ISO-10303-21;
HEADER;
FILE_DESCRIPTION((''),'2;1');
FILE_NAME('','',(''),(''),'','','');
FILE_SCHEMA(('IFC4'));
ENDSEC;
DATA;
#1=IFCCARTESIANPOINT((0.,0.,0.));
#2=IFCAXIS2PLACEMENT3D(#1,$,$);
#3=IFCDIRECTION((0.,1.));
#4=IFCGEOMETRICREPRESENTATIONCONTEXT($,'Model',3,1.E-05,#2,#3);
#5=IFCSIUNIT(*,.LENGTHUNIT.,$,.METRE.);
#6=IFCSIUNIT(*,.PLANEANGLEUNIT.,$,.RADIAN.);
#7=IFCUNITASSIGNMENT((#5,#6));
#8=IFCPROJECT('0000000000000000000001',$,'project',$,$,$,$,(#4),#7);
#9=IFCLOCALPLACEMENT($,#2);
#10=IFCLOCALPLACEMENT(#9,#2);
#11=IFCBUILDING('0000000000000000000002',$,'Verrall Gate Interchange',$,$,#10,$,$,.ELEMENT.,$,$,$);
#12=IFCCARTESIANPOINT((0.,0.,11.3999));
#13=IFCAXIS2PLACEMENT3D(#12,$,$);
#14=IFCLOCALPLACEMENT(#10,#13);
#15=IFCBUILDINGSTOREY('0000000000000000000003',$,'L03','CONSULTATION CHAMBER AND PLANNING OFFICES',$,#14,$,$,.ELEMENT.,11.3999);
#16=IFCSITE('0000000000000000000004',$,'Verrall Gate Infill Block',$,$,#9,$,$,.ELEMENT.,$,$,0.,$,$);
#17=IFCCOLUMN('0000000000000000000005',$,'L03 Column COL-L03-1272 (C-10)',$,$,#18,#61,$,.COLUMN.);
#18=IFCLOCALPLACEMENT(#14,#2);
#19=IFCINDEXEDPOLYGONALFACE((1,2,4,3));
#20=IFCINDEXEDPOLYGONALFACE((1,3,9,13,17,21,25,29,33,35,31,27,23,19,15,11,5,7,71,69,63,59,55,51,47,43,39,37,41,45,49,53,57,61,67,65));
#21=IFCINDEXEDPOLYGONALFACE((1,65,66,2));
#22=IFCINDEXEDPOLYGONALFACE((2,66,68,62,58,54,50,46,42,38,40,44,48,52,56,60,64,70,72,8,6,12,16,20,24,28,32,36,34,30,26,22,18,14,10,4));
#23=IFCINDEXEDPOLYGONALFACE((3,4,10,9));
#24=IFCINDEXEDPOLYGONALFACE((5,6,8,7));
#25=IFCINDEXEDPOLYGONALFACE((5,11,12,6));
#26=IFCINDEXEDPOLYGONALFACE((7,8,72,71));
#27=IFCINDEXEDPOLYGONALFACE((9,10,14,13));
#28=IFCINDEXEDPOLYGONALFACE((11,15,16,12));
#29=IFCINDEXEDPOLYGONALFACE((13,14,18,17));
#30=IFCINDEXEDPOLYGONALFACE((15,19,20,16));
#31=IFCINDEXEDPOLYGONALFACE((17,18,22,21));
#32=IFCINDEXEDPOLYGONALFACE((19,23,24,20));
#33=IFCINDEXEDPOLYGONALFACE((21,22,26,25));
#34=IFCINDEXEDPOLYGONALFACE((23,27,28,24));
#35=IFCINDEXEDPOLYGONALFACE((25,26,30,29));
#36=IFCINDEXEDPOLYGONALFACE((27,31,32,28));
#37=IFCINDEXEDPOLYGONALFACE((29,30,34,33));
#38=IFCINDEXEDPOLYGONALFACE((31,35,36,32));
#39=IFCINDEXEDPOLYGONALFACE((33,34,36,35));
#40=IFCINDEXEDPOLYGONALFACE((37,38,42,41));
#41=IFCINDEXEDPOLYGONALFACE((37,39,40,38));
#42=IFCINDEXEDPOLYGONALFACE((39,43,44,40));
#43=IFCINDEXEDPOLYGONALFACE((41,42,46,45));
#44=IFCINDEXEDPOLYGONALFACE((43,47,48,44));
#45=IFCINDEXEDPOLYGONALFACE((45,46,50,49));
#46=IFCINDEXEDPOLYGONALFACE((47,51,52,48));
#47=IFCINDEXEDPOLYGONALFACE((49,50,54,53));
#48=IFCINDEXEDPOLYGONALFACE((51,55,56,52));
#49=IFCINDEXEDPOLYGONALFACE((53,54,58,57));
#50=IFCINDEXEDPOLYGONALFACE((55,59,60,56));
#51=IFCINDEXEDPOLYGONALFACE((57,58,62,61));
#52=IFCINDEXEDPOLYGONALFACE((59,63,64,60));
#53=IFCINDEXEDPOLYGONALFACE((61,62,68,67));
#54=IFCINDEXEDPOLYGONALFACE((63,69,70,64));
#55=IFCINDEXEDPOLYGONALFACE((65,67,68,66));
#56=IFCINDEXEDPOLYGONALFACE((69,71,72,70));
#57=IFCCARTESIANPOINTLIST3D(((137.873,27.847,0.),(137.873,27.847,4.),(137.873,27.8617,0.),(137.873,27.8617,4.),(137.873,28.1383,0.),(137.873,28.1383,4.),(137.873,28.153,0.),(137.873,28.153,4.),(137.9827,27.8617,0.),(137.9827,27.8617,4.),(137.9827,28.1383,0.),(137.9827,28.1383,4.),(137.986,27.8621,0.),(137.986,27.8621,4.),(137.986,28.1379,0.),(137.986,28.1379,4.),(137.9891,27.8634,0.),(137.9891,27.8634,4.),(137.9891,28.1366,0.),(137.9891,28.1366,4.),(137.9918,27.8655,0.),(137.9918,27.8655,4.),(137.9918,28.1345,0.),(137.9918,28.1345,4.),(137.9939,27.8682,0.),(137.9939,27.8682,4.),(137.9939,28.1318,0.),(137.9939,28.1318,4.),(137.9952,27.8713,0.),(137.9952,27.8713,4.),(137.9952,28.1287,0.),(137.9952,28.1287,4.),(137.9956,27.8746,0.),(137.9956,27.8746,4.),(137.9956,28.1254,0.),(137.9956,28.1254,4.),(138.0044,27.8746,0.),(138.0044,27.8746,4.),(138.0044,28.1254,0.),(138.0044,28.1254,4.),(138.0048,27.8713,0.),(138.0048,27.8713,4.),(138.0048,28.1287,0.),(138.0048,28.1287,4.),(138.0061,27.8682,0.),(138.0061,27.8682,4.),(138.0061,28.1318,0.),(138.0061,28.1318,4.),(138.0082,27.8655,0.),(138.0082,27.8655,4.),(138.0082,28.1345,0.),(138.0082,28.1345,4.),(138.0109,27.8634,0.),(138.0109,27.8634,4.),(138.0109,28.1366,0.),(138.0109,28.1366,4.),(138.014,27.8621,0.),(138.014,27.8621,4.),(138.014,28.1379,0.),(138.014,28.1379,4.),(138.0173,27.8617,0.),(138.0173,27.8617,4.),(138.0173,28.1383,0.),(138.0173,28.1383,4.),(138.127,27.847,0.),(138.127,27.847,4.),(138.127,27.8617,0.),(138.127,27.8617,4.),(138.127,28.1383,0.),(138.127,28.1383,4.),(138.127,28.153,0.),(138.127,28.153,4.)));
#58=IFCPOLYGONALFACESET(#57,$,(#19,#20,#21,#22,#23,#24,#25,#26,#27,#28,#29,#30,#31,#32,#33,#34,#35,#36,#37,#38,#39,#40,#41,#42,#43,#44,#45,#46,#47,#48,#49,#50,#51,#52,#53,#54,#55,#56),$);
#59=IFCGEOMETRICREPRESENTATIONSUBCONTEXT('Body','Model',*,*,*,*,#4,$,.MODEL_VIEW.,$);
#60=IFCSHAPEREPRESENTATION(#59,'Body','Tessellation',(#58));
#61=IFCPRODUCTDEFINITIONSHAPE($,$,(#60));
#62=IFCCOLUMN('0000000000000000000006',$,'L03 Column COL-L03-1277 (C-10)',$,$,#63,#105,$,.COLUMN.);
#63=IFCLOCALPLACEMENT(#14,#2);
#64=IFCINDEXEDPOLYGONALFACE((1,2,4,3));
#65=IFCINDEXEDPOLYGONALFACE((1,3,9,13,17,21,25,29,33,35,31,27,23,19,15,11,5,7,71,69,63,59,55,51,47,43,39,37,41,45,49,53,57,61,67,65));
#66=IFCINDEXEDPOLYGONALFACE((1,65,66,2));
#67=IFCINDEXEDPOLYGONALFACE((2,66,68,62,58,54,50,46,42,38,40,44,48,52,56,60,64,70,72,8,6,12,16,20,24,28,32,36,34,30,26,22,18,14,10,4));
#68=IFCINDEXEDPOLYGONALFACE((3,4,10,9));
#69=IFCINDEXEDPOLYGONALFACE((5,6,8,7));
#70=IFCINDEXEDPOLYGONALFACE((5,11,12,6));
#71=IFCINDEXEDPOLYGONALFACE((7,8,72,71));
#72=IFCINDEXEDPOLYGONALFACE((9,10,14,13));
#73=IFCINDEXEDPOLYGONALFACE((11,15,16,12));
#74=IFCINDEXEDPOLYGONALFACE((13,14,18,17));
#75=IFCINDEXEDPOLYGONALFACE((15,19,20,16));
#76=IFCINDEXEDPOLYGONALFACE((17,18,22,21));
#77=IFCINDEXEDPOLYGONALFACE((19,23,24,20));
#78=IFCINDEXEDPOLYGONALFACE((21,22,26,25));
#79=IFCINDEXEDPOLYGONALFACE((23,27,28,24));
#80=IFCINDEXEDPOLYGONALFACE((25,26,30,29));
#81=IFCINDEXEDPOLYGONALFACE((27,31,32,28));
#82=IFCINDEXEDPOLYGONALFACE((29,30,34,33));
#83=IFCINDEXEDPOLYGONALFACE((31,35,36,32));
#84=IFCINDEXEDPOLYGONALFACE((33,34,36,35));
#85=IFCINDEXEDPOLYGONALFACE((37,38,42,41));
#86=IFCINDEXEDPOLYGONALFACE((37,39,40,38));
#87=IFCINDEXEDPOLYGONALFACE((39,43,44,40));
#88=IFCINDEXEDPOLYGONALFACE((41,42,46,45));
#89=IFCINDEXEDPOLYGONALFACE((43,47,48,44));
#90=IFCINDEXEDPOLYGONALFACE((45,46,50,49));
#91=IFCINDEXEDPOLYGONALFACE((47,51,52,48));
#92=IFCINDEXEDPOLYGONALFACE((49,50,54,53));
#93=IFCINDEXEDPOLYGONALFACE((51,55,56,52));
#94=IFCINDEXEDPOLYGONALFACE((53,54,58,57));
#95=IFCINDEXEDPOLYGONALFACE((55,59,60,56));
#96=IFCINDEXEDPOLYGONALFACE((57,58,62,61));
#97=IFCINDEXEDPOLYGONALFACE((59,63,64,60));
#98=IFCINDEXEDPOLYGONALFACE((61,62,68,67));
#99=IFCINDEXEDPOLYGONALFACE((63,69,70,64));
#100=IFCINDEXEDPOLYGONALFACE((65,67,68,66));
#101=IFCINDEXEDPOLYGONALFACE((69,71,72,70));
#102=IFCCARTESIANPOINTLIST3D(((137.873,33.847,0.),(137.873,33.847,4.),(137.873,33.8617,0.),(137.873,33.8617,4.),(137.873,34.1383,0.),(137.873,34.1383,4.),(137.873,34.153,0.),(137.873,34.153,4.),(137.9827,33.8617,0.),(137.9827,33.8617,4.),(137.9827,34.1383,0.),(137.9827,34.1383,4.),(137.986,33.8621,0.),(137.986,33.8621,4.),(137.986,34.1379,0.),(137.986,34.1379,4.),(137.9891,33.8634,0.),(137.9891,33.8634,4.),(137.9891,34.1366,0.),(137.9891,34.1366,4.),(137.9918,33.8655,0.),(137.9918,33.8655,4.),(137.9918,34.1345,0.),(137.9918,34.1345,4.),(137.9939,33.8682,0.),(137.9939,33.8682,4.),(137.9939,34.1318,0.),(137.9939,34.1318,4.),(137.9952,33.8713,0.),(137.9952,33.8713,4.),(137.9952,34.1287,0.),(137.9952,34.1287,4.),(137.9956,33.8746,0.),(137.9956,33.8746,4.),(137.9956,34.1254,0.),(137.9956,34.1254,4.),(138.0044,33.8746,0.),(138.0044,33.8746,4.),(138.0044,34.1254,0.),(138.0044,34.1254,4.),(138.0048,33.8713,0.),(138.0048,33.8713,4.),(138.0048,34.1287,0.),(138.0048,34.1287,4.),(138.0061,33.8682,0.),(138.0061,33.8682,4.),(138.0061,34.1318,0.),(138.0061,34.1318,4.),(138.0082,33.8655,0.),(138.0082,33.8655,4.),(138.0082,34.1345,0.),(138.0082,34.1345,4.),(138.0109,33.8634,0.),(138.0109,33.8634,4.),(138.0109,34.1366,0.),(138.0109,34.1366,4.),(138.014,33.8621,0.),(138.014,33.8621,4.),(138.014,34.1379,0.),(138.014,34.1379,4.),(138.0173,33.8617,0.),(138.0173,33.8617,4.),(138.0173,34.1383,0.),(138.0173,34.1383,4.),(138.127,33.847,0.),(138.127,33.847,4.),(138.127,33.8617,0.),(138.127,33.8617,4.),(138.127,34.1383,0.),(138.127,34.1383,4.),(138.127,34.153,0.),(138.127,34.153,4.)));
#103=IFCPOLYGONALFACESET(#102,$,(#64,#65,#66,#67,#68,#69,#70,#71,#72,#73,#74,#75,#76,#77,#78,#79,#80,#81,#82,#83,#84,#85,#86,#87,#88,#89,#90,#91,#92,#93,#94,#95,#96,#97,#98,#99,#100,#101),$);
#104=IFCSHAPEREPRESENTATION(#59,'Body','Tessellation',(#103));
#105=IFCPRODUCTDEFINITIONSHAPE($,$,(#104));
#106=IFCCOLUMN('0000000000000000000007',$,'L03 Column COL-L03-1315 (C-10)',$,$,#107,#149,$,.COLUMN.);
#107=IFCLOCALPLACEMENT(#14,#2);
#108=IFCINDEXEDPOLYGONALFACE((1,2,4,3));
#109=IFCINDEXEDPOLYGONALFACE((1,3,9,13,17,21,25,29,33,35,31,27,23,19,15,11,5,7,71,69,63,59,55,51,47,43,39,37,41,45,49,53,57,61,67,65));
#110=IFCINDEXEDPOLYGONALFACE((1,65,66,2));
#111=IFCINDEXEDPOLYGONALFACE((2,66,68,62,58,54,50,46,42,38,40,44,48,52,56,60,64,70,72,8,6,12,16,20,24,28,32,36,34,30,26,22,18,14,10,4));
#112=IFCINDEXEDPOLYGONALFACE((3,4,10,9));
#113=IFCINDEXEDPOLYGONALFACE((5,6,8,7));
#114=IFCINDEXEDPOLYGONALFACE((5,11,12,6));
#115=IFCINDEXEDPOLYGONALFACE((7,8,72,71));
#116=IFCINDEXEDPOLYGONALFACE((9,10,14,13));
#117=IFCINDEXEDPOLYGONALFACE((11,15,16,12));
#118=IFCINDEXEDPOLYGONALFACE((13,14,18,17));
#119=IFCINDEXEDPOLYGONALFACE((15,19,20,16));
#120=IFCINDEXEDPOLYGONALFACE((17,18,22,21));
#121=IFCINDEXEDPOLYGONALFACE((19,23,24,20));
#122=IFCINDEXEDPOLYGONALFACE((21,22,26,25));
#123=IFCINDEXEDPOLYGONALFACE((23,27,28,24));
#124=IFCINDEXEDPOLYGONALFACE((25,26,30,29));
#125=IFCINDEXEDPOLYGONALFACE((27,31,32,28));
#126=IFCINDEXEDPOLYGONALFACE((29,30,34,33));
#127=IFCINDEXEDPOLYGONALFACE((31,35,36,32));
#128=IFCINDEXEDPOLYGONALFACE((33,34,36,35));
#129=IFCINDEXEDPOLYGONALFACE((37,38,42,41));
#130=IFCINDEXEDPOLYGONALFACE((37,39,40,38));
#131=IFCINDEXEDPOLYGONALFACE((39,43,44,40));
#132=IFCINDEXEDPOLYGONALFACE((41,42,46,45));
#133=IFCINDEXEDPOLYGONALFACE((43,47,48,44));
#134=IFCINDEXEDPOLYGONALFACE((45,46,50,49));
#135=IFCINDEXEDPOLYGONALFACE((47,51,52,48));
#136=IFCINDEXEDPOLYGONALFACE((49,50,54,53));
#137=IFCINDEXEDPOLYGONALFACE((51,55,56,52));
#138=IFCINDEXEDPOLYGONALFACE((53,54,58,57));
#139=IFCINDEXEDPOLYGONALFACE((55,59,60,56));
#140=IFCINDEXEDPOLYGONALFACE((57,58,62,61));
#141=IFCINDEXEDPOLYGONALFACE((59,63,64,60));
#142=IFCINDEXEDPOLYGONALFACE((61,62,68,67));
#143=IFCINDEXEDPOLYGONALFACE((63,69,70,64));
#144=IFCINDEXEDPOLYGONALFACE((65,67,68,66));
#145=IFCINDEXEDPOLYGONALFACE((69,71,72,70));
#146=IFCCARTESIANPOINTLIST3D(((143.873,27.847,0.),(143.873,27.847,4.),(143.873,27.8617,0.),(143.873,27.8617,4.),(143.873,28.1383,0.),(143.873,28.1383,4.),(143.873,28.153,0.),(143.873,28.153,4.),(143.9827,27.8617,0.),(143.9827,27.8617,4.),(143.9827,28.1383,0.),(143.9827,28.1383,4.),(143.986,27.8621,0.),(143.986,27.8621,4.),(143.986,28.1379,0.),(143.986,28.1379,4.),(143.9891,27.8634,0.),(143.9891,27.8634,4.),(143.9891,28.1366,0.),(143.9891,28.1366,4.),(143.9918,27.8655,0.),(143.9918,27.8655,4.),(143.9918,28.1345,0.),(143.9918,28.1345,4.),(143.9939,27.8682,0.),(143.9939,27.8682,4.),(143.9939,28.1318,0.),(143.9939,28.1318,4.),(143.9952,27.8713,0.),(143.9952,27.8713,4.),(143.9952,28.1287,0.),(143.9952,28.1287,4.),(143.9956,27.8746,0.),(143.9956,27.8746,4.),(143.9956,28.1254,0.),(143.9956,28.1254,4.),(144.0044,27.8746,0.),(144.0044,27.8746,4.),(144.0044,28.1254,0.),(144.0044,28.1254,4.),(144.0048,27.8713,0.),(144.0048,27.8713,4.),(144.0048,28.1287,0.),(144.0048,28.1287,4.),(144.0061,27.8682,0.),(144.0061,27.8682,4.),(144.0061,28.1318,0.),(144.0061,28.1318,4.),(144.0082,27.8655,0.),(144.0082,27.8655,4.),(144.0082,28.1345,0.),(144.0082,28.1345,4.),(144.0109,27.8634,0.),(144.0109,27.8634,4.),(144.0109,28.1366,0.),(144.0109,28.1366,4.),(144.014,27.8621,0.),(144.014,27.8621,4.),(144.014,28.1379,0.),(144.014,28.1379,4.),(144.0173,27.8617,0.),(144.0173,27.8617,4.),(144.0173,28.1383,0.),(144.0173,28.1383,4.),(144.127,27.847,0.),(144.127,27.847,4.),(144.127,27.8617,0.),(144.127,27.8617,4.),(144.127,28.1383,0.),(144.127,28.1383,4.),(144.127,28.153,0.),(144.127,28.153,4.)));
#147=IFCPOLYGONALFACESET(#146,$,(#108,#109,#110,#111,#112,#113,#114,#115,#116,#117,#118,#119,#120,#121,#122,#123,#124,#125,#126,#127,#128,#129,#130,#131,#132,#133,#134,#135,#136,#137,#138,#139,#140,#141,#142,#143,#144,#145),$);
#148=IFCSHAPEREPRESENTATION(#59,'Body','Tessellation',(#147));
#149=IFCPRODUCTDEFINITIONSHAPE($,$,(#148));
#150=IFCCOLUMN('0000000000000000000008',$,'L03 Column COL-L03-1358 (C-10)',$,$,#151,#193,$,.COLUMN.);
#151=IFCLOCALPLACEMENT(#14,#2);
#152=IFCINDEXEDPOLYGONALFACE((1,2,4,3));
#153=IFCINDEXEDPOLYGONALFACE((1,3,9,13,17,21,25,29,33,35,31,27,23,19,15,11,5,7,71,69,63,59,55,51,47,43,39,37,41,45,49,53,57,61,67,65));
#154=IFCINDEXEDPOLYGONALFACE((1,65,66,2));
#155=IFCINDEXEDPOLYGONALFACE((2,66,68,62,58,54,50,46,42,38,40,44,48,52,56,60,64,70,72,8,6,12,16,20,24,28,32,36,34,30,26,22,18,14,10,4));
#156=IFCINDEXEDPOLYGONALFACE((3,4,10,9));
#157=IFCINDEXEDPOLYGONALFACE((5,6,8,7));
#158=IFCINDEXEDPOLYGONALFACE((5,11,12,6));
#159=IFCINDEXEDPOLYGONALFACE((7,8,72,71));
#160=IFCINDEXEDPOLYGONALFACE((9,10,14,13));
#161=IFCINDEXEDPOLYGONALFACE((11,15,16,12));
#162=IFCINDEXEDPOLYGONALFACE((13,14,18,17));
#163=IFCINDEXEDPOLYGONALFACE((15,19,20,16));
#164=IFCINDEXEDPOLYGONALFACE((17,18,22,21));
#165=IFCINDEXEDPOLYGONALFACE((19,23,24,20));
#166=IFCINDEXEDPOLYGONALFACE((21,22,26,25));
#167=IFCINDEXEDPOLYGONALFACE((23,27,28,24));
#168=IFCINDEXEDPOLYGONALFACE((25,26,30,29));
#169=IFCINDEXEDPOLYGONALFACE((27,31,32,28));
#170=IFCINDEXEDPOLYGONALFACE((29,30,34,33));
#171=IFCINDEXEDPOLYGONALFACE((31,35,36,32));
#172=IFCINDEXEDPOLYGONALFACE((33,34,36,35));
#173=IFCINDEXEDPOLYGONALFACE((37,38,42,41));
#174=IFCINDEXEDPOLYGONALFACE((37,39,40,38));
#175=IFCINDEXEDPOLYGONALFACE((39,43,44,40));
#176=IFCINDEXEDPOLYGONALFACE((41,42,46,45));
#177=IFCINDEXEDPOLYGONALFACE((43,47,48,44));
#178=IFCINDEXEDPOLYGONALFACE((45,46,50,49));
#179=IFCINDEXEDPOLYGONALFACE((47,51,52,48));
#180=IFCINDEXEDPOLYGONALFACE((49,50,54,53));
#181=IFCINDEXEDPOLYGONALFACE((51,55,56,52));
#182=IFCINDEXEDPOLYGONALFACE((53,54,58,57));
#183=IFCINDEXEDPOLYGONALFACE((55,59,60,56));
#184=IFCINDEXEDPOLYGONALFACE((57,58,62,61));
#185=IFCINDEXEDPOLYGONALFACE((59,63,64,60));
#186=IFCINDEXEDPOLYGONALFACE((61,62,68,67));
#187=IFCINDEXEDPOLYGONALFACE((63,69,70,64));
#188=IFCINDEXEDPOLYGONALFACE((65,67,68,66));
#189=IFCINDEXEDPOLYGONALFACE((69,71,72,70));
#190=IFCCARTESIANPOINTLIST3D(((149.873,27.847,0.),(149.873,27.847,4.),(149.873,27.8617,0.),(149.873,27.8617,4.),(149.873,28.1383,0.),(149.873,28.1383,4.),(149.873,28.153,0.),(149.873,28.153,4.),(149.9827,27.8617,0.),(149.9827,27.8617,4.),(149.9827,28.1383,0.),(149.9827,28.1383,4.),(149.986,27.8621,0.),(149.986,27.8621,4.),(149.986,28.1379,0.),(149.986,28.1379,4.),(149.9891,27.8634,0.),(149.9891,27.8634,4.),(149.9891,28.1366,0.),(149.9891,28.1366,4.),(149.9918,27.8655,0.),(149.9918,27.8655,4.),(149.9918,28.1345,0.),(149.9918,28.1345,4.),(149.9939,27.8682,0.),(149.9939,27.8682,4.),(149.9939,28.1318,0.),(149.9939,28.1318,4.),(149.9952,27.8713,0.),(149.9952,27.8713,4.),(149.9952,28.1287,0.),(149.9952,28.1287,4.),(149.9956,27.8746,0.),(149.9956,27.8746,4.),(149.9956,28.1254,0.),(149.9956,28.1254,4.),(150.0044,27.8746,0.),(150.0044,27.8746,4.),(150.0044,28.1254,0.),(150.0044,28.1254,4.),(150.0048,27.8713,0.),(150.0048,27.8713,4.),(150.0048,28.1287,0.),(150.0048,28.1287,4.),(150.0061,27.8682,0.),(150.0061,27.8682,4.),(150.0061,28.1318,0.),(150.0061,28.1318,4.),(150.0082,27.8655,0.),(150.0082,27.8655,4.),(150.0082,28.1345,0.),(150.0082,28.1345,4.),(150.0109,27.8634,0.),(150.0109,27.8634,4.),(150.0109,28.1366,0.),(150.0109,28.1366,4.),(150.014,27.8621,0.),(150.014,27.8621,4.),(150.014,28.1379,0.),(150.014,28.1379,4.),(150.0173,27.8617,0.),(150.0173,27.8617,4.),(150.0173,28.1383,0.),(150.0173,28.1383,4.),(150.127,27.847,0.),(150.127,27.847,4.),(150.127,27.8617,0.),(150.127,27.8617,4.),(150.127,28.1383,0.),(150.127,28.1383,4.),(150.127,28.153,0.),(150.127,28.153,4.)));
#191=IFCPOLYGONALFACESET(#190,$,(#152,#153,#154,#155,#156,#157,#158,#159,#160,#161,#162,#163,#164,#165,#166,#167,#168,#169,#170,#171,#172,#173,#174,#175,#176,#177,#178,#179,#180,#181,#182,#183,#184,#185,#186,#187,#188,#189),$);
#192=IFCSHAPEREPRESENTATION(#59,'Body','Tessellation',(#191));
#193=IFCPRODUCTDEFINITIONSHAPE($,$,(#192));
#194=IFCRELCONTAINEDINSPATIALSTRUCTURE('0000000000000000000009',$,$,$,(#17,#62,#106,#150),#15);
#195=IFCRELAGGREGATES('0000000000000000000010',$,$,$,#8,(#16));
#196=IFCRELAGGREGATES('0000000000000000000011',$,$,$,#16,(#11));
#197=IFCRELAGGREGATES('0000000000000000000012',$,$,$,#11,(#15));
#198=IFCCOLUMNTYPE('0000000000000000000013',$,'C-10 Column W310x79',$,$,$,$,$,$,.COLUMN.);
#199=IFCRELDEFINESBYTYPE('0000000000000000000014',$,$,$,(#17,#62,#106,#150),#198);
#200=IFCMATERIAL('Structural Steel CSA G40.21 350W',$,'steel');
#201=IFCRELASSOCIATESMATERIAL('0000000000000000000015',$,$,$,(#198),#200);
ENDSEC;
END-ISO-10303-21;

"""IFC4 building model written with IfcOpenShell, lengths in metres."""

from ifc_helpers import new_model, si_unit, direction, frame, origin, origin_2d, place, context, subcontext, project, spatial, i_section, extrude, material, material_profile, profile_set, type_object, element, save


model = new_model("IFC4")

# Units and contexts
model_context = context("Model", 3, precision=1e-05, world=origin(), true_north=direction((0.0, 1.0)))
body_context = subcontext(model_context, "Body", "Model", "MODEL_VIEW")
ifc_project = project(units=[si_unit("LENGTHUNIT", "METRE"), si_unit("PLANEANGLEUNIT", "RADIAN")], contexts=[model_context])

# Site, building, storey
site_placement = place(None, origin())
site = spatial("IfcSite", under=ifc_project, at=site_placement, Name="Verrall Gate Infill Block", CompositionType="ELEMENT", RefElevation=0.0)
building_placement = place(site_placement, origin())
building = spatial("IfcBuilding", under=site, at=building_placement, Name="Verrall Gate Interchange", CompositionType="ELEMENT")
storey_placement = place(building_placement, frame((0.0, 0.0, 11.3999)))
storey = spatial("IfcBuildingStorey", under=building, at=storey_placement, Name="L03", Description="CONSULTATION CHAMBER AND PLANNING OFFICES", CompositionType="ELEMENT", Elevation=11.3999)

# Columns
ifc_material_1 = material(Name="Structural Steel CSA G40.21 350W", Category="steel")
ifc_material_profile_1 = material_profile(ifc_material_1, i_section(OverallWidth=0.2539, OverallDepth=0.3059, WebThickness=0.0088, FlangeThickness=0.0146, FilletRadius=0.0129, at=origin_2d()), Name="W310x79")
ifc_profile_set_1 = profile_set([ifc_material_profile_1], Name="Structural Steel CSA G40.21 350W")
column_type = type_object("IfcColumnType", Name="C-10 Column W310x79", PredefinedType="COLUMN", material=ifc_profile_set_1)
for number, where, z_axis, x_axis, name in (
    (1, (138.0, 28.0, 0.0), (0.0, 0.0, 1.0), (1.0, 0.0, 0.0), "L03 Column COL-L03-1272 (C-10)"),
    (2, (138.0, 34.0, 0.0), (0.0, 0.0, 1.0), (1.0, 0.0, 0.0), "L03 Column COL-L03-1277 (C-10)"),
    (3, (144.0, 28.0, 0.0), (0.0, 0.0, 1.0), (1.0, 0.0, 0.0), "L03 Column COL-L03-1315 (C-10)"),
    (4, (150.0, 28.0, 0.0), (0.0, 0.0, 1.0), (1.0, 0.0, 0.0), "L03 Column COL-L03-1358 (C-10)"),
):
    element("IfcColumn", number, at=place(storey_placement, frame(where, z_axis=z_axis, x_axis=x_axis)), inside=storey, type_object=column_type, Name=name, PredefinedType="COLUMN", context=body_context, shape_type="SweptSolid", body=[
        extrude(i_section(OverallWidth=0.2539, OverallDepth=0.3059, WebThickness=0.0088, FlangeThickness=0.0146, FilletRadius=0.0129, at=origin_2d()), origin(), (0.0, 0.0, 1.0), 4.0),
    ])

save(model, "model.ifc")
